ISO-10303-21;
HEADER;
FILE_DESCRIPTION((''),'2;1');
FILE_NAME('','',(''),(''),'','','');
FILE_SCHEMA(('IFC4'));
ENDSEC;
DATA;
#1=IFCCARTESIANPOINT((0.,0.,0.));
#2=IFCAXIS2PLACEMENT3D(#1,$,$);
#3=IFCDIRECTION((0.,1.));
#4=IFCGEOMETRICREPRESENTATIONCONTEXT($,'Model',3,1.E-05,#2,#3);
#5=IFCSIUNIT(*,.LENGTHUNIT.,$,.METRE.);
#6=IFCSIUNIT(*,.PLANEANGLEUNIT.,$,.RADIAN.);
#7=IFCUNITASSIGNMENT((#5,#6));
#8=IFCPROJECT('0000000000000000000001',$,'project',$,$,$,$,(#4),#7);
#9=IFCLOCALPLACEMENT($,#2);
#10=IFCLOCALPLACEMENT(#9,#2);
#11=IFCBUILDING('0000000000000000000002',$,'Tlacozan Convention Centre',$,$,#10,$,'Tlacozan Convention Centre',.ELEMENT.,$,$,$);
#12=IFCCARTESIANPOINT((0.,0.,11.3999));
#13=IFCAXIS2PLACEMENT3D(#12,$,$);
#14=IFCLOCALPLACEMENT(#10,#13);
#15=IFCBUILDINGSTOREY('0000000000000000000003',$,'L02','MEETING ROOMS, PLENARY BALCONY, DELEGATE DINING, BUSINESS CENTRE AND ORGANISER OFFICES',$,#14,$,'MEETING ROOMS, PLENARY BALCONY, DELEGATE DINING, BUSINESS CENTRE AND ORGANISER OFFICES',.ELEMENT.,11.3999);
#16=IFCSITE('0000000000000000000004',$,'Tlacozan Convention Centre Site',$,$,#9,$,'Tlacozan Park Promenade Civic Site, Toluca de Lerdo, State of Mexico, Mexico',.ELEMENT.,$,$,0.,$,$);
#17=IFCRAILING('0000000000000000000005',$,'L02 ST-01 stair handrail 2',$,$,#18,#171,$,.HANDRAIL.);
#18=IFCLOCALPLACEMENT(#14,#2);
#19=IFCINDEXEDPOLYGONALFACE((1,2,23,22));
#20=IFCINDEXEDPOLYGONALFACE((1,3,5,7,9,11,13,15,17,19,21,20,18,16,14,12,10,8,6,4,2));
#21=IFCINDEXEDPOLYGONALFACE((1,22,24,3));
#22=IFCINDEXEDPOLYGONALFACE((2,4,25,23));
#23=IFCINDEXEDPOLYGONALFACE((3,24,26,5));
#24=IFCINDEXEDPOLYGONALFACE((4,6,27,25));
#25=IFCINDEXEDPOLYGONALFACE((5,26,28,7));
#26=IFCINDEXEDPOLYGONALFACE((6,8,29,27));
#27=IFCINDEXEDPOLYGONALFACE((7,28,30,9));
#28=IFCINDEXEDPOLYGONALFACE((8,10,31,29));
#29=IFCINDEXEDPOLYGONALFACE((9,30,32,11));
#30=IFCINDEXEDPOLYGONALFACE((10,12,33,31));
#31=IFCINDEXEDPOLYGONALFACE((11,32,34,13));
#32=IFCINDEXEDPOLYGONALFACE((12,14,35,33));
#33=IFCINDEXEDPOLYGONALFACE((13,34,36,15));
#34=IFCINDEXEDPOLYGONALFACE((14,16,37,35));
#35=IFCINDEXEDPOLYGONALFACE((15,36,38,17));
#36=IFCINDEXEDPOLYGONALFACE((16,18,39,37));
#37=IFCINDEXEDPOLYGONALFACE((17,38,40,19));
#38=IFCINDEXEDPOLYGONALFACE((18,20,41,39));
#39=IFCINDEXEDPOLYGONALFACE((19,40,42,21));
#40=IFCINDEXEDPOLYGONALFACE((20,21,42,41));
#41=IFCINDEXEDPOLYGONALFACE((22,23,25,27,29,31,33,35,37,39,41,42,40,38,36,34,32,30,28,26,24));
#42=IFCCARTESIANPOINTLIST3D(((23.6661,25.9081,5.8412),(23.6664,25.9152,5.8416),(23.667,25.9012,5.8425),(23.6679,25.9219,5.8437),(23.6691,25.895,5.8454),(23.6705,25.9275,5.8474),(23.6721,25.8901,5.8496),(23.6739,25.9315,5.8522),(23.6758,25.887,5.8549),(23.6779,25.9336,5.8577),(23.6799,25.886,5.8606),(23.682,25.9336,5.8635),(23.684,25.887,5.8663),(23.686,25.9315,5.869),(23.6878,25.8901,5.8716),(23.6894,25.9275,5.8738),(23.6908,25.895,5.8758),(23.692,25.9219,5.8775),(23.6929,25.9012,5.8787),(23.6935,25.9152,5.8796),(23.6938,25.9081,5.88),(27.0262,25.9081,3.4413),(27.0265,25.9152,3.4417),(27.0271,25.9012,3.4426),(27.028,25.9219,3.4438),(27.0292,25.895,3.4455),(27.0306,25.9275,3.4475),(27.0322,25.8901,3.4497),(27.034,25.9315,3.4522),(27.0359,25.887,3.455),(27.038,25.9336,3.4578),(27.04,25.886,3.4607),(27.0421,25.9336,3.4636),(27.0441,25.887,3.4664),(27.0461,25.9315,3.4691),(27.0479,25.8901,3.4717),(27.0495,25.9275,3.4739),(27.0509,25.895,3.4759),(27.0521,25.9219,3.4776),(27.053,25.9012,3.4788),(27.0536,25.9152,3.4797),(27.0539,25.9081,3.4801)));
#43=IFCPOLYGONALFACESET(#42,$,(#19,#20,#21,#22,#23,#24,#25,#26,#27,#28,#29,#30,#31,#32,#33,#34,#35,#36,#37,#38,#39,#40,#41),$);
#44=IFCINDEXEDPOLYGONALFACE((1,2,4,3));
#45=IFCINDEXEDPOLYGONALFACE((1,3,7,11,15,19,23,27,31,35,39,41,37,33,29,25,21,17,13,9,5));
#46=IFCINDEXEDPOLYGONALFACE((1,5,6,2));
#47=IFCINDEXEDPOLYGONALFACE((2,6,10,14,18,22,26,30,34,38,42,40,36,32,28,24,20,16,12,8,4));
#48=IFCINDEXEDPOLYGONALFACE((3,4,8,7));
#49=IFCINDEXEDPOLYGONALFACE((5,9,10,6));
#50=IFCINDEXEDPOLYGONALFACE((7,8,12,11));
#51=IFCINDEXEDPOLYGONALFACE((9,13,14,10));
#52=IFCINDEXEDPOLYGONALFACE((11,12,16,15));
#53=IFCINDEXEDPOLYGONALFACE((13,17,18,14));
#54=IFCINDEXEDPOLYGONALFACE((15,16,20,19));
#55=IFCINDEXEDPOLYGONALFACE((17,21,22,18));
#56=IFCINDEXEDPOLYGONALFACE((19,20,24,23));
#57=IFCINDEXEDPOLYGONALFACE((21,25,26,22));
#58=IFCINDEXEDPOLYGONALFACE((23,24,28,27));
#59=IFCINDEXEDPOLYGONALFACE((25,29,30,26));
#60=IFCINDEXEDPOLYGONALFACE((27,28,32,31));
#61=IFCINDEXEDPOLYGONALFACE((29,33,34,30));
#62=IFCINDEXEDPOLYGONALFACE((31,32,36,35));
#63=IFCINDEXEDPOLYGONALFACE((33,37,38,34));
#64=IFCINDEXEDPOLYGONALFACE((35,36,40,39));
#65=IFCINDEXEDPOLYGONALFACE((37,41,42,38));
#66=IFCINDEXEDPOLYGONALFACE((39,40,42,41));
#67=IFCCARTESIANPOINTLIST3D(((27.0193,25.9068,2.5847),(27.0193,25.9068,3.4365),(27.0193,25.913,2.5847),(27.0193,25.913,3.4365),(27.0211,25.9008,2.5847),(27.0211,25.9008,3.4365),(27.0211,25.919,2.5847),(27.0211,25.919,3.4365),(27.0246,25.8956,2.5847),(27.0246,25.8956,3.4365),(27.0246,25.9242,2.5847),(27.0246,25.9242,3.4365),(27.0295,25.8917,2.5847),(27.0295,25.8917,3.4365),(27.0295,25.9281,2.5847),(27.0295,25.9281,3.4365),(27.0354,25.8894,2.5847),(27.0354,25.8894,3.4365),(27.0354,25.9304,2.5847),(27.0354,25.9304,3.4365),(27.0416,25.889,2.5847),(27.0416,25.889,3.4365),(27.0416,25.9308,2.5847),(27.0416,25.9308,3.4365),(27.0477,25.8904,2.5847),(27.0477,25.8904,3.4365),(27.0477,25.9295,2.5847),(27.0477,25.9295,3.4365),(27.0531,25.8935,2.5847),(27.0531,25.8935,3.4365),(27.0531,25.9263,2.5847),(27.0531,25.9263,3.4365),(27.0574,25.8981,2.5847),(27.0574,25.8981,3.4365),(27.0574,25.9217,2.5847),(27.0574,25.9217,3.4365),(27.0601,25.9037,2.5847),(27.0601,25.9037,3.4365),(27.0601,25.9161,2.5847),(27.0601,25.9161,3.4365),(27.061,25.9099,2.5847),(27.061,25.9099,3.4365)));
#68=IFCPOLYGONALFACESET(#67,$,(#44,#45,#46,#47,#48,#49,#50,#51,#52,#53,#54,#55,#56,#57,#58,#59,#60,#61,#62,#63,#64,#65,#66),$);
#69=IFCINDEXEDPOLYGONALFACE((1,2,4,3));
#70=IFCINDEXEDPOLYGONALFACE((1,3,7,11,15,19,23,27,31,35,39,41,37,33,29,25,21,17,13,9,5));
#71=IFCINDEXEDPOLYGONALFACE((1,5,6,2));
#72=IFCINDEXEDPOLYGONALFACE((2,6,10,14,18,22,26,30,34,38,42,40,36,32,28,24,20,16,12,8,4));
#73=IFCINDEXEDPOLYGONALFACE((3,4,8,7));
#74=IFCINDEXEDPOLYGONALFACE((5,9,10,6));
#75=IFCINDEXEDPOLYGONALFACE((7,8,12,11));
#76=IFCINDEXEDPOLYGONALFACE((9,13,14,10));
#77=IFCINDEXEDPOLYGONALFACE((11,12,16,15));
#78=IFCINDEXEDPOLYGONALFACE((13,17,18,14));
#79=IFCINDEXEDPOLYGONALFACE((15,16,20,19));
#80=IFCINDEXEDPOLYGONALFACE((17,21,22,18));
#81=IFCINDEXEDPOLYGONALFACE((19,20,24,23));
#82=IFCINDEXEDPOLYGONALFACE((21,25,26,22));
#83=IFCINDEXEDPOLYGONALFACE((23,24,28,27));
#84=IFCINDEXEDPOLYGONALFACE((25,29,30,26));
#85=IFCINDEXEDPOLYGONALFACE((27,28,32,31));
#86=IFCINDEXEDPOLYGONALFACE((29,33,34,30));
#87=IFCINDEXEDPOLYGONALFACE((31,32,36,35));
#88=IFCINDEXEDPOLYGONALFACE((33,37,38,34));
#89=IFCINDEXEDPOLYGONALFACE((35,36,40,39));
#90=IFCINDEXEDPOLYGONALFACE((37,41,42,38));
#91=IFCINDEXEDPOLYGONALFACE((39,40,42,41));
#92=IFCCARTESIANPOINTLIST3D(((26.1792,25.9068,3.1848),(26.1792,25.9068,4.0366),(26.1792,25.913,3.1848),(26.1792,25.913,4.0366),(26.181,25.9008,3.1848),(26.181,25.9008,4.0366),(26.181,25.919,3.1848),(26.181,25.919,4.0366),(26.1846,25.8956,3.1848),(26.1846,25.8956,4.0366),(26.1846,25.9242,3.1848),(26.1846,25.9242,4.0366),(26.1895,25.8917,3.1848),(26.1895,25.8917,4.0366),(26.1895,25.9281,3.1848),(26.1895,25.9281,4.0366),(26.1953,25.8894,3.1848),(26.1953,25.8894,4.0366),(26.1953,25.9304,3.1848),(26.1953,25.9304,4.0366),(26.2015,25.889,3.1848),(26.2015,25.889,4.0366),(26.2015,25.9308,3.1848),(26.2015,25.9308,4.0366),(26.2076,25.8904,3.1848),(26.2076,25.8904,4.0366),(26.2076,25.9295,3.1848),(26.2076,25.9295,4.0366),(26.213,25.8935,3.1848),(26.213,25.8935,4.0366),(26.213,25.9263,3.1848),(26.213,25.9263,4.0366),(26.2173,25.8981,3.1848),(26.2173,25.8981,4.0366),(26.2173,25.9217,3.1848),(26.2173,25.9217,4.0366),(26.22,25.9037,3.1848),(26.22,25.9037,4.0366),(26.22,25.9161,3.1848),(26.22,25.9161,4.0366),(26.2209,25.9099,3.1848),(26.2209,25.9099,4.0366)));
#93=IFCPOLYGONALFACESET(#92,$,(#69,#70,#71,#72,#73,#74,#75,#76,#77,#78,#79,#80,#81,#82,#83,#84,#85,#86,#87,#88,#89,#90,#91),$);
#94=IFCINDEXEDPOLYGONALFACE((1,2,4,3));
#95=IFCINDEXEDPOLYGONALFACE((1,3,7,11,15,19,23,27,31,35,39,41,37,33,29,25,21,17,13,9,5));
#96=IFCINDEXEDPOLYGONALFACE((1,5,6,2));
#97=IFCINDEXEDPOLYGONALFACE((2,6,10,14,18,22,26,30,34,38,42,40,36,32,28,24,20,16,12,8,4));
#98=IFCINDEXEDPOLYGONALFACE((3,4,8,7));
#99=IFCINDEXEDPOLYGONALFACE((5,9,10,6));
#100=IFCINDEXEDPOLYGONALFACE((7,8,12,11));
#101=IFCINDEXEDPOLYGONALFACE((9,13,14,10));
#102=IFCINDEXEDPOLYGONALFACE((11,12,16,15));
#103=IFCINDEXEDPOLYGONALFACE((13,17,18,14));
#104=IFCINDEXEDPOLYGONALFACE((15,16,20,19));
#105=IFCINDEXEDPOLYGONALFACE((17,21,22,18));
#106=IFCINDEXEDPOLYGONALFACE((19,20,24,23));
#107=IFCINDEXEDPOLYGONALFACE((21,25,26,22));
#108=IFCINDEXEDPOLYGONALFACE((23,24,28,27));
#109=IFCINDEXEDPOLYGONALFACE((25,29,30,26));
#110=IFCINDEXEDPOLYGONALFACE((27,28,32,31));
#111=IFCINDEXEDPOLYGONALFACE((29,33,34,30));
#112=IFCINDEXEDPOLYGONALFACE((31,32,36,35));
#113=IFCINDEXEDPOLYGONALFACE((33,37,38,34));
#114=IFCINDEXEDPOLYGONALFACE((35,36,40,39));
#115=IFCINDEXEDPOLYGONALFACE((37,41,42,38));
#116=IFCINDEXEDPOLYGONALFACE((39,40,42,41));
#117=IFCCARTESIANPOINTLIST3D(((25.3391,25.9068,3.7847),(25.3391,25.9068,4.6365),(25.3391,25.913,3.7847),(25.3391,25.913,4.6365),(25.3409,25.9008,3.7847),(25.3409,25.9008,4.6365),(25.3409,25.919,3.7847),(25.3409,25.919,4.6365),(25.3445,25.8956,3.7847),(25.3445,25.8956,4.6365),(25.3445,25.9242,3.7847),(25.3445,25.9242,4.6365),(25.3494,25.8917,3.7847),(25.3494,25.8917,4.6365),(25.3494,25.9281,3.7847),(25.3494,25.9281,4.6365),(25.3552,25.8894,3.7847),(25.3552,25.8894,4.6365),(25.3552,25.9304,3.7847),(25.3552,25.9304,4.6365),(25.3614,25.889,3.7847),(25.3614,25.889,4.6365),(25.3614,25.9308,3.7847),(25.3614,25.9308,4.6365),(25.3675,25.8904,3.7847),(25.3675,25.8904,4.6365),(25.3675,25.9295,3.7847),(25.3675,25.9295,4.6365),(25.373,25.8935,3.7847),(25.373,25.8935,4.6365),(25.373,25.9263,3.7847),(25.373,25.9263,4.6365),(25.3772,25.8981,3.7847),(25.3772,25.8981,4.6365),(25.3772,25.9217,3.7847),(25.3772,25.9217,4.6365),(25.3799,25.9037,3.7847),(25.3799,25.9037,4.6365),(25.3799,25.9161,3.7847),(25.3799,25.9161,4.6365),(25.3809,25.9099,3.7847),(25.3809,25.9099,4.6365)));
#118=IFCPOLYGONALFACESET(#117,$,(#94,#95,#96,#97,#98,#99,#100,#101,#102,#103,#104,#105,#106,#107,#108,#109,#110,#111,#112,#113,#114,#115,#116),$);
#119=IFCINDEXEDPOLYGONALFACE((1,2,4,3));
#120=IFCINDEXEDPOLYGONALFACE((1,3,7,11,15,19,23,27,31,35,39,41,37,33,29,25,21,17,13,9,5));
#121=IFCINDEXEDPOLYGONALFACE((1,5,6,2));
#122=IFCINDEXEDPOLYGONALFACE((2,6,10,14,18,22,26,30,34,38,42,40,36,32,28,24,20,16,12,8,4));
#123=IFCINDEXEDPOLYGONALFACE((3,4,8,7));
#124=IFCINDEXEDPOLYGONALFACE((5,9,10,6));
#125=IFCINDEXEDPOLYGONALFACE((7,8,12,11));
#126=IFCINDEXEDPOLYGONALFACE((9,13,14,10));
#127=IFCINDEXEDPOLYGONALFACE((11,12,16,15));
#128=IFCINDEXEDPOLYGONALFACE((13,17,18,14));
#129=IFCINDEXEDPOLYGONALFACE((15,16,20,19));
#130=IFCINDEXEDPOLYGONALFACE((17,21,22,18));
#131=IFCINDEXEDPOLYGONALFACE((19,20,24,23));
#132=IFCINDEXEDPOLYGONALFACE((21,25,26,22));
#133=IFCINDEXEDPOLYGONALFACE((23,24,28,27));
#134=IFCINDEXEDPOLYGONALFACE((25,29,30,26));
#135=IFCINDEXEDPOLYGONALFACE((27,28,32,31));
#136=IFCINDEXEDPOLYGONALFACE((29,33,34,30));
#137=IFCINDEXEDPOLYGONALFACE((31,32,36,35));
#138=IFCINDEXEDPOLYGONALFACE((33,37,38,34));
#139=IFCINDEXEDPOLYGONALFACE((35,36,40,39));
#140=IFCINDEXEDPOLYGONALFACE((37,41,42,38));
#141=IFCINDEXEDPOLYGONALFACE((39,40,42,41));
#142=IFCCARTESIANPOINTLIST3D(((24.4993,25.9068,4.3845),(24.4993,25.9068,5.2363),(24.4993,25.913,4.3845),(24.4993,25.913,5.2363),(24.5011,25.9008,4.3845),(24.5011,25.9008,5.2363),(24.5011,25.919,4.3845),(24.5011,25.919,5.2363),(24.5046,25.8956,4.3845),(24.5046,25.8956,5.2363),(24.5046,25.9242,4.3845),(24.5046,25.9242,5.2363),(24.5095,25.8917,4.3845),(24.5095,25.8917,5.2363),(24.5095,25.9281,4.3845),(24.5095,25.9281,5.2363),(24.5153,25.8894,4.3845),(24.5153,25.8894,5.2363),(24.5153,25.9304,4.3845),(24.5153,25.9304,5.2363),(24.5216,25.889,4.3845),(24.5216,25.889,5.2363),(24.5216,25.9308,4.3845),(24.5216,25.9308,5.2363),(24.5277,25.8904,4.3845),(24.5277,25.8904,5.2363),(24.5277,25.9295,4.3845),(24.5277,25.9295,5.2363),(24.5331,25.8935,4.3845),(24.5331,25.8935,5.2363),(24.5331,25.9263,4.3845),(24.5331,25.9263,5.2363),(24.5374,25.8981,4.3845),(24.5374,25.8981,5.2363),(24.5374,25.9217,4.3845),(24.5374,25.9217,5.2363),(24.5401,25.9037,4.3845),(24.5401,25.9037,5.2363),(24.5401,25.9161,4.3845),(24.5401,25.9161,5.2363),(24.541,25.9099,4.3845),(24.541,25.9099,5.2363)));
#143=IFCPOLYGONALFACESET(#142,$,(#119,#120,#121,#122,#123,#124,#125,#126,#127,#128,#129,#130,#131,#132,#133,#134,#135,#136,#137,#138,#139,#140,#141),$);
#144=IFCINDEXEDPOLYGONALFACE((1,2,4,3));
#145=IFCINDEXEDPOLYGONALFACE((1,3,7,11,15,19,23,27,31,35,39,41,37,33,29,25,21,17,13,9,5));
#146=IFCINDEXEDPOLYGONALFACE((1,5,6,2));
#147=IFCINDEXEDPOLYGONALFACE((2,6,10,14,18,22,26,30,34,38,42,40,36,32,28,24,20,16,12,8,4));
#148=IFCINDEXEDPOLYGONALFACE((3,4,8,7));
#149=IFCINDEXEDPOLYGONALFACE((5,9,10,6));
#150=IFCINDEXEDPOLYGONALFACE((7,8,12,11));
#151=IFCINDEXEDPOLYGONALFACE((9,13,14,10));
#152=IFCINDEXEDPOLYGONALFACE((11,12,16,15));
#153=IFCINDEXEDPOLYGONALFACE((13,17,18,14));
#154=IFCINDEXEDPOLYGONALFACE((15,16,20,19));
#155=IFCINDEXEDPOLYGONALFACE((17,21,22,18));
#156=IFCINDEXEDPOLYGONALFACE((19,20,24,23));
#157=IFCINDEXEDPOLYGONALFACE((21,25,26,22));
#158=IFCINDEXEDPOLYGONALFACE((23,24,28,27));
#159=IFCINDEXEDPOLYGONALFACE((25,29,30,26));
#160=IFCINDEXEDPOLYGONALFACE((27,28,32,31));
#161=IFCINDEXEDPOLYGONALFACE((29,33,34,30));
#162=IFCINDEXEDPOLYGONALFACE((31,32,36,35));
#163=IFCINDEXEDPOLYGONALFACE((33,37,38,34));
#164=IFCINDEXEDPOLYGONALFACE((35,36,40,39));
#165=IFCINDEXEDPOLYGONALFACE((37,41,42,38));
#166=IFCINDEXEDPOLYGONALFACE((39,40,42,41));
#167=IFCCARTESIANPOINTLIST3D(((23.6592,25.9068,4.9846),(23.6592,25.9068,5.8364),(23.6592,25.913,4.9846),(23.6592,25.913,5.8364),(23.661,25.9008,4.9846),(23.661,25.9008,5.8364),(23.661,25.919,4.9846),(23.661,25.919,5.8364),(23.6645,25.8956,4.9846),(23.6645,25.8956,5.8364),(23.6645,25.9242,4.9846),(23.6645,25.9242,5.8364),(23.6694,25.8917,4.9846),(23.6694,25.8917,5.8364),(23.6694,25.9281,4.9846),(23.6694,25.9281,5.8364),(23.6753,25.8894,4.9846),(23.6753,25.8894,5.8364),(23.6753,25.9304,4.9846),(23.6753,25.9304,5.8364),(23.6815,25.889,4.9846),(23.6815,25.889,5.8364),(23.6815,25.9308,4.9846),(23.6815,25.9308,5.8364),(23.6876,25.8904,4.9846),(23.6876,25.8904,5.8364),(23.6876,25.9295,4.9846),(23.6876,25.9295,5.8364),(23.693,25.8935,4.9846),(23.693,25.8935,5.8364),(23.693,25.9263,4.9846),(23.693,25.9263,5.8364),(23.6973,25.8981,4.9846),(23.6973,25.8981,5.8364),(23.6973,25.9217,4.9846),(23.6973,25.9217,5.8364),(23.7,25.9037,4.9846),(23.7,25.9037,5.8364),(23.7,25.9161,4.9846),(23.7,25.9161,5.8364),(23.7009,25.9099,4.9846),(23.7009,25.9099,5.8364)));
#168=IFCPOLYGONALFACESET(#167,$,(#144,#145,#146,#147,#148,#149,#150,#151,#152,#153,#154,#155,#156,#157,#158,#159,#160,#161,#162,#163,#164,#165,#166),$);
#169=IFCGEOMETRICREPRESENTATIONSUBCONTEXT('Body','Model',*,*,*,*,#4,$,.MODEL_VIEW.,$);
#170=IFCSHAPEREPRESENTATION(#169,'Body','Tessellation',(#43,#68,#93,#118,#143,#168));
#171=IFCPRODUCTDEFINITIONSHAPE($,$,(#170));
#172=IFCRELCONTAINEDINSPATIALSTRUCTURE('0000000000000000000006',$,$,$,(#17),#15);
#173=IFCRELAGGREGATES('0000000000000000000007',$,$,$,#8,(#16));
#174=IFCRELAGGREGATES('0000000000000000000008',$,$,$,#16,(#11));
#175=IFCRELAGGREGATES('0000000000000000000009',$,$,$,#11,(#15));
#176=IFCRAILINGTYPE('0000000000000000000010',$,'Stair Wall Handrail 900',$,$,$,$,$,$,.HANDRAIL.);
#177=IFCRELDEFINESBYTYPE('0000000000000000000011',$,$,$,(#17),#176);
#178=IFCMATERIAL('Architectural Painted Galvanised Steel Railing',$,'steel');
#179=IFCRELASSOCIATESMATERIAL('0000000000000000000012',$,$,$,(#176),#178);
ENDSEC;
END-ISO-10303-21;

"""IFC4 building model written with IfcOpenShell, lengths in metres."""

from ifc_helpers import new_model, si_unit, direction, frame, origin, origin_2d, place, context, subcontext, project, spatial, circle, extrude, material, type_object, element, save


model = new_model("IFC4")

# Units and contexts
model_context = context("Model", 3, precision=1e-05, world=origin(), true_north=direction((0.0, 1.0)))
body_context = subcontext(model_context, "Body", "Model", "MODEL_VIEW")
ifc_project = project(units=[si_unit("LENGTHUNIT", "METRE"), si_unit("PLANEANGLEUNIT", "RADIAN")], contexts=[model_context])

# Site, building, storey
site_placement = place(None, origin())
site = spatial("IfcSite", under=ifc_project, at=site_placement, Name="Tlacozan Convention Centre Site", LongName="Tlacozan Park Promenade Civic Site, Toluca de Lerdo, State of Mexico, Mexico", CompositionType="ELEMENT", RefElevation=0.0)
building_placement = place(site_placement, origin())
building = spatial("IfcBuilding", under=site, at=building_placement, Name="Tlacozan Convention Centre", LongName="Tlacozan Convention Centre", CompositionType="ELEMENT")
storey_placement = place(building_placement, frame((0.0, 0.0, 11.3999)))
storey = spatial("IfcBuildingStorey", under=building, at=storey_placement, Name="L02", Description="MEETING ROOMS, PLENARY BALCONY, DELEGATE DINING, BUSINESS CENTRE AND ORGANISER OFFICES", LongName="MEETING ROOMS, PLENARY BALCONY, DELEGATE DINING, BUSINESS CENTRE AND ORGANISER OFFICES", CompositionType="ELEMENT", Elevation=11.3999)

# Railing
ifc_material_1 = material(Name="Architectural Painted Galvanised Steel Railing", Category="steel")
railing_type_1 = type_object("IfcRailingType", Name="Stair Wall Handrail 900", PredefinedType="HANDRAIL", material=ifc_material_1)
railing_1_placement = place(storey_placement, frame((27.04, 25.9099, 2.5847)))
element("IfcRailing", 1, at=railing_1_placement, inside=storey, type_object=railing_type_1, Name="L02 ST-01 stair handrail 2", PredefinedType="HANDRAIL", context=body_context, shape_type="SweptSolid", body=[
    extrude(circle(Radius=0.0239, at=origin_2d()), frame((0.0, 0.0, 0.876), z_axis=(-0.813753, 0.0, 0.58121), x_axis=(0.0, -1.0, 0.0)), (0.0, 0.0, 1.0), 4.1292),
    extrude(circle(Radius=0.021, at=origin_2d()), origin(), (0.0, 0.0, 1.0), 0.8518),
    extrude(circle(Radius=0.021, at=origin_2d()), frame((-0.8401, 0.0, 0.6001)), (0.0, 0.0, 1.0), 0.8518),
    extrude(circle(Radius=0.021, at=origin_2d()), frame((-1.6802, 0.0, 1.2)), (0.0, 0.0, 1.0), 0.8518),
    extrude(circle(Radius=0.021, at=origin_2d()), frame((-2.52, 0.0, 1.7998)), (0.0, 0.0, 1.0), 0.8518),
    extrude(circle(Radius=0.021, at=origin_2d()), frame((-3.3601, 0.0, 2.3999)), (0.0, 0.0, 1.0), 0.8518),
])

save(model, "model.ifc")
